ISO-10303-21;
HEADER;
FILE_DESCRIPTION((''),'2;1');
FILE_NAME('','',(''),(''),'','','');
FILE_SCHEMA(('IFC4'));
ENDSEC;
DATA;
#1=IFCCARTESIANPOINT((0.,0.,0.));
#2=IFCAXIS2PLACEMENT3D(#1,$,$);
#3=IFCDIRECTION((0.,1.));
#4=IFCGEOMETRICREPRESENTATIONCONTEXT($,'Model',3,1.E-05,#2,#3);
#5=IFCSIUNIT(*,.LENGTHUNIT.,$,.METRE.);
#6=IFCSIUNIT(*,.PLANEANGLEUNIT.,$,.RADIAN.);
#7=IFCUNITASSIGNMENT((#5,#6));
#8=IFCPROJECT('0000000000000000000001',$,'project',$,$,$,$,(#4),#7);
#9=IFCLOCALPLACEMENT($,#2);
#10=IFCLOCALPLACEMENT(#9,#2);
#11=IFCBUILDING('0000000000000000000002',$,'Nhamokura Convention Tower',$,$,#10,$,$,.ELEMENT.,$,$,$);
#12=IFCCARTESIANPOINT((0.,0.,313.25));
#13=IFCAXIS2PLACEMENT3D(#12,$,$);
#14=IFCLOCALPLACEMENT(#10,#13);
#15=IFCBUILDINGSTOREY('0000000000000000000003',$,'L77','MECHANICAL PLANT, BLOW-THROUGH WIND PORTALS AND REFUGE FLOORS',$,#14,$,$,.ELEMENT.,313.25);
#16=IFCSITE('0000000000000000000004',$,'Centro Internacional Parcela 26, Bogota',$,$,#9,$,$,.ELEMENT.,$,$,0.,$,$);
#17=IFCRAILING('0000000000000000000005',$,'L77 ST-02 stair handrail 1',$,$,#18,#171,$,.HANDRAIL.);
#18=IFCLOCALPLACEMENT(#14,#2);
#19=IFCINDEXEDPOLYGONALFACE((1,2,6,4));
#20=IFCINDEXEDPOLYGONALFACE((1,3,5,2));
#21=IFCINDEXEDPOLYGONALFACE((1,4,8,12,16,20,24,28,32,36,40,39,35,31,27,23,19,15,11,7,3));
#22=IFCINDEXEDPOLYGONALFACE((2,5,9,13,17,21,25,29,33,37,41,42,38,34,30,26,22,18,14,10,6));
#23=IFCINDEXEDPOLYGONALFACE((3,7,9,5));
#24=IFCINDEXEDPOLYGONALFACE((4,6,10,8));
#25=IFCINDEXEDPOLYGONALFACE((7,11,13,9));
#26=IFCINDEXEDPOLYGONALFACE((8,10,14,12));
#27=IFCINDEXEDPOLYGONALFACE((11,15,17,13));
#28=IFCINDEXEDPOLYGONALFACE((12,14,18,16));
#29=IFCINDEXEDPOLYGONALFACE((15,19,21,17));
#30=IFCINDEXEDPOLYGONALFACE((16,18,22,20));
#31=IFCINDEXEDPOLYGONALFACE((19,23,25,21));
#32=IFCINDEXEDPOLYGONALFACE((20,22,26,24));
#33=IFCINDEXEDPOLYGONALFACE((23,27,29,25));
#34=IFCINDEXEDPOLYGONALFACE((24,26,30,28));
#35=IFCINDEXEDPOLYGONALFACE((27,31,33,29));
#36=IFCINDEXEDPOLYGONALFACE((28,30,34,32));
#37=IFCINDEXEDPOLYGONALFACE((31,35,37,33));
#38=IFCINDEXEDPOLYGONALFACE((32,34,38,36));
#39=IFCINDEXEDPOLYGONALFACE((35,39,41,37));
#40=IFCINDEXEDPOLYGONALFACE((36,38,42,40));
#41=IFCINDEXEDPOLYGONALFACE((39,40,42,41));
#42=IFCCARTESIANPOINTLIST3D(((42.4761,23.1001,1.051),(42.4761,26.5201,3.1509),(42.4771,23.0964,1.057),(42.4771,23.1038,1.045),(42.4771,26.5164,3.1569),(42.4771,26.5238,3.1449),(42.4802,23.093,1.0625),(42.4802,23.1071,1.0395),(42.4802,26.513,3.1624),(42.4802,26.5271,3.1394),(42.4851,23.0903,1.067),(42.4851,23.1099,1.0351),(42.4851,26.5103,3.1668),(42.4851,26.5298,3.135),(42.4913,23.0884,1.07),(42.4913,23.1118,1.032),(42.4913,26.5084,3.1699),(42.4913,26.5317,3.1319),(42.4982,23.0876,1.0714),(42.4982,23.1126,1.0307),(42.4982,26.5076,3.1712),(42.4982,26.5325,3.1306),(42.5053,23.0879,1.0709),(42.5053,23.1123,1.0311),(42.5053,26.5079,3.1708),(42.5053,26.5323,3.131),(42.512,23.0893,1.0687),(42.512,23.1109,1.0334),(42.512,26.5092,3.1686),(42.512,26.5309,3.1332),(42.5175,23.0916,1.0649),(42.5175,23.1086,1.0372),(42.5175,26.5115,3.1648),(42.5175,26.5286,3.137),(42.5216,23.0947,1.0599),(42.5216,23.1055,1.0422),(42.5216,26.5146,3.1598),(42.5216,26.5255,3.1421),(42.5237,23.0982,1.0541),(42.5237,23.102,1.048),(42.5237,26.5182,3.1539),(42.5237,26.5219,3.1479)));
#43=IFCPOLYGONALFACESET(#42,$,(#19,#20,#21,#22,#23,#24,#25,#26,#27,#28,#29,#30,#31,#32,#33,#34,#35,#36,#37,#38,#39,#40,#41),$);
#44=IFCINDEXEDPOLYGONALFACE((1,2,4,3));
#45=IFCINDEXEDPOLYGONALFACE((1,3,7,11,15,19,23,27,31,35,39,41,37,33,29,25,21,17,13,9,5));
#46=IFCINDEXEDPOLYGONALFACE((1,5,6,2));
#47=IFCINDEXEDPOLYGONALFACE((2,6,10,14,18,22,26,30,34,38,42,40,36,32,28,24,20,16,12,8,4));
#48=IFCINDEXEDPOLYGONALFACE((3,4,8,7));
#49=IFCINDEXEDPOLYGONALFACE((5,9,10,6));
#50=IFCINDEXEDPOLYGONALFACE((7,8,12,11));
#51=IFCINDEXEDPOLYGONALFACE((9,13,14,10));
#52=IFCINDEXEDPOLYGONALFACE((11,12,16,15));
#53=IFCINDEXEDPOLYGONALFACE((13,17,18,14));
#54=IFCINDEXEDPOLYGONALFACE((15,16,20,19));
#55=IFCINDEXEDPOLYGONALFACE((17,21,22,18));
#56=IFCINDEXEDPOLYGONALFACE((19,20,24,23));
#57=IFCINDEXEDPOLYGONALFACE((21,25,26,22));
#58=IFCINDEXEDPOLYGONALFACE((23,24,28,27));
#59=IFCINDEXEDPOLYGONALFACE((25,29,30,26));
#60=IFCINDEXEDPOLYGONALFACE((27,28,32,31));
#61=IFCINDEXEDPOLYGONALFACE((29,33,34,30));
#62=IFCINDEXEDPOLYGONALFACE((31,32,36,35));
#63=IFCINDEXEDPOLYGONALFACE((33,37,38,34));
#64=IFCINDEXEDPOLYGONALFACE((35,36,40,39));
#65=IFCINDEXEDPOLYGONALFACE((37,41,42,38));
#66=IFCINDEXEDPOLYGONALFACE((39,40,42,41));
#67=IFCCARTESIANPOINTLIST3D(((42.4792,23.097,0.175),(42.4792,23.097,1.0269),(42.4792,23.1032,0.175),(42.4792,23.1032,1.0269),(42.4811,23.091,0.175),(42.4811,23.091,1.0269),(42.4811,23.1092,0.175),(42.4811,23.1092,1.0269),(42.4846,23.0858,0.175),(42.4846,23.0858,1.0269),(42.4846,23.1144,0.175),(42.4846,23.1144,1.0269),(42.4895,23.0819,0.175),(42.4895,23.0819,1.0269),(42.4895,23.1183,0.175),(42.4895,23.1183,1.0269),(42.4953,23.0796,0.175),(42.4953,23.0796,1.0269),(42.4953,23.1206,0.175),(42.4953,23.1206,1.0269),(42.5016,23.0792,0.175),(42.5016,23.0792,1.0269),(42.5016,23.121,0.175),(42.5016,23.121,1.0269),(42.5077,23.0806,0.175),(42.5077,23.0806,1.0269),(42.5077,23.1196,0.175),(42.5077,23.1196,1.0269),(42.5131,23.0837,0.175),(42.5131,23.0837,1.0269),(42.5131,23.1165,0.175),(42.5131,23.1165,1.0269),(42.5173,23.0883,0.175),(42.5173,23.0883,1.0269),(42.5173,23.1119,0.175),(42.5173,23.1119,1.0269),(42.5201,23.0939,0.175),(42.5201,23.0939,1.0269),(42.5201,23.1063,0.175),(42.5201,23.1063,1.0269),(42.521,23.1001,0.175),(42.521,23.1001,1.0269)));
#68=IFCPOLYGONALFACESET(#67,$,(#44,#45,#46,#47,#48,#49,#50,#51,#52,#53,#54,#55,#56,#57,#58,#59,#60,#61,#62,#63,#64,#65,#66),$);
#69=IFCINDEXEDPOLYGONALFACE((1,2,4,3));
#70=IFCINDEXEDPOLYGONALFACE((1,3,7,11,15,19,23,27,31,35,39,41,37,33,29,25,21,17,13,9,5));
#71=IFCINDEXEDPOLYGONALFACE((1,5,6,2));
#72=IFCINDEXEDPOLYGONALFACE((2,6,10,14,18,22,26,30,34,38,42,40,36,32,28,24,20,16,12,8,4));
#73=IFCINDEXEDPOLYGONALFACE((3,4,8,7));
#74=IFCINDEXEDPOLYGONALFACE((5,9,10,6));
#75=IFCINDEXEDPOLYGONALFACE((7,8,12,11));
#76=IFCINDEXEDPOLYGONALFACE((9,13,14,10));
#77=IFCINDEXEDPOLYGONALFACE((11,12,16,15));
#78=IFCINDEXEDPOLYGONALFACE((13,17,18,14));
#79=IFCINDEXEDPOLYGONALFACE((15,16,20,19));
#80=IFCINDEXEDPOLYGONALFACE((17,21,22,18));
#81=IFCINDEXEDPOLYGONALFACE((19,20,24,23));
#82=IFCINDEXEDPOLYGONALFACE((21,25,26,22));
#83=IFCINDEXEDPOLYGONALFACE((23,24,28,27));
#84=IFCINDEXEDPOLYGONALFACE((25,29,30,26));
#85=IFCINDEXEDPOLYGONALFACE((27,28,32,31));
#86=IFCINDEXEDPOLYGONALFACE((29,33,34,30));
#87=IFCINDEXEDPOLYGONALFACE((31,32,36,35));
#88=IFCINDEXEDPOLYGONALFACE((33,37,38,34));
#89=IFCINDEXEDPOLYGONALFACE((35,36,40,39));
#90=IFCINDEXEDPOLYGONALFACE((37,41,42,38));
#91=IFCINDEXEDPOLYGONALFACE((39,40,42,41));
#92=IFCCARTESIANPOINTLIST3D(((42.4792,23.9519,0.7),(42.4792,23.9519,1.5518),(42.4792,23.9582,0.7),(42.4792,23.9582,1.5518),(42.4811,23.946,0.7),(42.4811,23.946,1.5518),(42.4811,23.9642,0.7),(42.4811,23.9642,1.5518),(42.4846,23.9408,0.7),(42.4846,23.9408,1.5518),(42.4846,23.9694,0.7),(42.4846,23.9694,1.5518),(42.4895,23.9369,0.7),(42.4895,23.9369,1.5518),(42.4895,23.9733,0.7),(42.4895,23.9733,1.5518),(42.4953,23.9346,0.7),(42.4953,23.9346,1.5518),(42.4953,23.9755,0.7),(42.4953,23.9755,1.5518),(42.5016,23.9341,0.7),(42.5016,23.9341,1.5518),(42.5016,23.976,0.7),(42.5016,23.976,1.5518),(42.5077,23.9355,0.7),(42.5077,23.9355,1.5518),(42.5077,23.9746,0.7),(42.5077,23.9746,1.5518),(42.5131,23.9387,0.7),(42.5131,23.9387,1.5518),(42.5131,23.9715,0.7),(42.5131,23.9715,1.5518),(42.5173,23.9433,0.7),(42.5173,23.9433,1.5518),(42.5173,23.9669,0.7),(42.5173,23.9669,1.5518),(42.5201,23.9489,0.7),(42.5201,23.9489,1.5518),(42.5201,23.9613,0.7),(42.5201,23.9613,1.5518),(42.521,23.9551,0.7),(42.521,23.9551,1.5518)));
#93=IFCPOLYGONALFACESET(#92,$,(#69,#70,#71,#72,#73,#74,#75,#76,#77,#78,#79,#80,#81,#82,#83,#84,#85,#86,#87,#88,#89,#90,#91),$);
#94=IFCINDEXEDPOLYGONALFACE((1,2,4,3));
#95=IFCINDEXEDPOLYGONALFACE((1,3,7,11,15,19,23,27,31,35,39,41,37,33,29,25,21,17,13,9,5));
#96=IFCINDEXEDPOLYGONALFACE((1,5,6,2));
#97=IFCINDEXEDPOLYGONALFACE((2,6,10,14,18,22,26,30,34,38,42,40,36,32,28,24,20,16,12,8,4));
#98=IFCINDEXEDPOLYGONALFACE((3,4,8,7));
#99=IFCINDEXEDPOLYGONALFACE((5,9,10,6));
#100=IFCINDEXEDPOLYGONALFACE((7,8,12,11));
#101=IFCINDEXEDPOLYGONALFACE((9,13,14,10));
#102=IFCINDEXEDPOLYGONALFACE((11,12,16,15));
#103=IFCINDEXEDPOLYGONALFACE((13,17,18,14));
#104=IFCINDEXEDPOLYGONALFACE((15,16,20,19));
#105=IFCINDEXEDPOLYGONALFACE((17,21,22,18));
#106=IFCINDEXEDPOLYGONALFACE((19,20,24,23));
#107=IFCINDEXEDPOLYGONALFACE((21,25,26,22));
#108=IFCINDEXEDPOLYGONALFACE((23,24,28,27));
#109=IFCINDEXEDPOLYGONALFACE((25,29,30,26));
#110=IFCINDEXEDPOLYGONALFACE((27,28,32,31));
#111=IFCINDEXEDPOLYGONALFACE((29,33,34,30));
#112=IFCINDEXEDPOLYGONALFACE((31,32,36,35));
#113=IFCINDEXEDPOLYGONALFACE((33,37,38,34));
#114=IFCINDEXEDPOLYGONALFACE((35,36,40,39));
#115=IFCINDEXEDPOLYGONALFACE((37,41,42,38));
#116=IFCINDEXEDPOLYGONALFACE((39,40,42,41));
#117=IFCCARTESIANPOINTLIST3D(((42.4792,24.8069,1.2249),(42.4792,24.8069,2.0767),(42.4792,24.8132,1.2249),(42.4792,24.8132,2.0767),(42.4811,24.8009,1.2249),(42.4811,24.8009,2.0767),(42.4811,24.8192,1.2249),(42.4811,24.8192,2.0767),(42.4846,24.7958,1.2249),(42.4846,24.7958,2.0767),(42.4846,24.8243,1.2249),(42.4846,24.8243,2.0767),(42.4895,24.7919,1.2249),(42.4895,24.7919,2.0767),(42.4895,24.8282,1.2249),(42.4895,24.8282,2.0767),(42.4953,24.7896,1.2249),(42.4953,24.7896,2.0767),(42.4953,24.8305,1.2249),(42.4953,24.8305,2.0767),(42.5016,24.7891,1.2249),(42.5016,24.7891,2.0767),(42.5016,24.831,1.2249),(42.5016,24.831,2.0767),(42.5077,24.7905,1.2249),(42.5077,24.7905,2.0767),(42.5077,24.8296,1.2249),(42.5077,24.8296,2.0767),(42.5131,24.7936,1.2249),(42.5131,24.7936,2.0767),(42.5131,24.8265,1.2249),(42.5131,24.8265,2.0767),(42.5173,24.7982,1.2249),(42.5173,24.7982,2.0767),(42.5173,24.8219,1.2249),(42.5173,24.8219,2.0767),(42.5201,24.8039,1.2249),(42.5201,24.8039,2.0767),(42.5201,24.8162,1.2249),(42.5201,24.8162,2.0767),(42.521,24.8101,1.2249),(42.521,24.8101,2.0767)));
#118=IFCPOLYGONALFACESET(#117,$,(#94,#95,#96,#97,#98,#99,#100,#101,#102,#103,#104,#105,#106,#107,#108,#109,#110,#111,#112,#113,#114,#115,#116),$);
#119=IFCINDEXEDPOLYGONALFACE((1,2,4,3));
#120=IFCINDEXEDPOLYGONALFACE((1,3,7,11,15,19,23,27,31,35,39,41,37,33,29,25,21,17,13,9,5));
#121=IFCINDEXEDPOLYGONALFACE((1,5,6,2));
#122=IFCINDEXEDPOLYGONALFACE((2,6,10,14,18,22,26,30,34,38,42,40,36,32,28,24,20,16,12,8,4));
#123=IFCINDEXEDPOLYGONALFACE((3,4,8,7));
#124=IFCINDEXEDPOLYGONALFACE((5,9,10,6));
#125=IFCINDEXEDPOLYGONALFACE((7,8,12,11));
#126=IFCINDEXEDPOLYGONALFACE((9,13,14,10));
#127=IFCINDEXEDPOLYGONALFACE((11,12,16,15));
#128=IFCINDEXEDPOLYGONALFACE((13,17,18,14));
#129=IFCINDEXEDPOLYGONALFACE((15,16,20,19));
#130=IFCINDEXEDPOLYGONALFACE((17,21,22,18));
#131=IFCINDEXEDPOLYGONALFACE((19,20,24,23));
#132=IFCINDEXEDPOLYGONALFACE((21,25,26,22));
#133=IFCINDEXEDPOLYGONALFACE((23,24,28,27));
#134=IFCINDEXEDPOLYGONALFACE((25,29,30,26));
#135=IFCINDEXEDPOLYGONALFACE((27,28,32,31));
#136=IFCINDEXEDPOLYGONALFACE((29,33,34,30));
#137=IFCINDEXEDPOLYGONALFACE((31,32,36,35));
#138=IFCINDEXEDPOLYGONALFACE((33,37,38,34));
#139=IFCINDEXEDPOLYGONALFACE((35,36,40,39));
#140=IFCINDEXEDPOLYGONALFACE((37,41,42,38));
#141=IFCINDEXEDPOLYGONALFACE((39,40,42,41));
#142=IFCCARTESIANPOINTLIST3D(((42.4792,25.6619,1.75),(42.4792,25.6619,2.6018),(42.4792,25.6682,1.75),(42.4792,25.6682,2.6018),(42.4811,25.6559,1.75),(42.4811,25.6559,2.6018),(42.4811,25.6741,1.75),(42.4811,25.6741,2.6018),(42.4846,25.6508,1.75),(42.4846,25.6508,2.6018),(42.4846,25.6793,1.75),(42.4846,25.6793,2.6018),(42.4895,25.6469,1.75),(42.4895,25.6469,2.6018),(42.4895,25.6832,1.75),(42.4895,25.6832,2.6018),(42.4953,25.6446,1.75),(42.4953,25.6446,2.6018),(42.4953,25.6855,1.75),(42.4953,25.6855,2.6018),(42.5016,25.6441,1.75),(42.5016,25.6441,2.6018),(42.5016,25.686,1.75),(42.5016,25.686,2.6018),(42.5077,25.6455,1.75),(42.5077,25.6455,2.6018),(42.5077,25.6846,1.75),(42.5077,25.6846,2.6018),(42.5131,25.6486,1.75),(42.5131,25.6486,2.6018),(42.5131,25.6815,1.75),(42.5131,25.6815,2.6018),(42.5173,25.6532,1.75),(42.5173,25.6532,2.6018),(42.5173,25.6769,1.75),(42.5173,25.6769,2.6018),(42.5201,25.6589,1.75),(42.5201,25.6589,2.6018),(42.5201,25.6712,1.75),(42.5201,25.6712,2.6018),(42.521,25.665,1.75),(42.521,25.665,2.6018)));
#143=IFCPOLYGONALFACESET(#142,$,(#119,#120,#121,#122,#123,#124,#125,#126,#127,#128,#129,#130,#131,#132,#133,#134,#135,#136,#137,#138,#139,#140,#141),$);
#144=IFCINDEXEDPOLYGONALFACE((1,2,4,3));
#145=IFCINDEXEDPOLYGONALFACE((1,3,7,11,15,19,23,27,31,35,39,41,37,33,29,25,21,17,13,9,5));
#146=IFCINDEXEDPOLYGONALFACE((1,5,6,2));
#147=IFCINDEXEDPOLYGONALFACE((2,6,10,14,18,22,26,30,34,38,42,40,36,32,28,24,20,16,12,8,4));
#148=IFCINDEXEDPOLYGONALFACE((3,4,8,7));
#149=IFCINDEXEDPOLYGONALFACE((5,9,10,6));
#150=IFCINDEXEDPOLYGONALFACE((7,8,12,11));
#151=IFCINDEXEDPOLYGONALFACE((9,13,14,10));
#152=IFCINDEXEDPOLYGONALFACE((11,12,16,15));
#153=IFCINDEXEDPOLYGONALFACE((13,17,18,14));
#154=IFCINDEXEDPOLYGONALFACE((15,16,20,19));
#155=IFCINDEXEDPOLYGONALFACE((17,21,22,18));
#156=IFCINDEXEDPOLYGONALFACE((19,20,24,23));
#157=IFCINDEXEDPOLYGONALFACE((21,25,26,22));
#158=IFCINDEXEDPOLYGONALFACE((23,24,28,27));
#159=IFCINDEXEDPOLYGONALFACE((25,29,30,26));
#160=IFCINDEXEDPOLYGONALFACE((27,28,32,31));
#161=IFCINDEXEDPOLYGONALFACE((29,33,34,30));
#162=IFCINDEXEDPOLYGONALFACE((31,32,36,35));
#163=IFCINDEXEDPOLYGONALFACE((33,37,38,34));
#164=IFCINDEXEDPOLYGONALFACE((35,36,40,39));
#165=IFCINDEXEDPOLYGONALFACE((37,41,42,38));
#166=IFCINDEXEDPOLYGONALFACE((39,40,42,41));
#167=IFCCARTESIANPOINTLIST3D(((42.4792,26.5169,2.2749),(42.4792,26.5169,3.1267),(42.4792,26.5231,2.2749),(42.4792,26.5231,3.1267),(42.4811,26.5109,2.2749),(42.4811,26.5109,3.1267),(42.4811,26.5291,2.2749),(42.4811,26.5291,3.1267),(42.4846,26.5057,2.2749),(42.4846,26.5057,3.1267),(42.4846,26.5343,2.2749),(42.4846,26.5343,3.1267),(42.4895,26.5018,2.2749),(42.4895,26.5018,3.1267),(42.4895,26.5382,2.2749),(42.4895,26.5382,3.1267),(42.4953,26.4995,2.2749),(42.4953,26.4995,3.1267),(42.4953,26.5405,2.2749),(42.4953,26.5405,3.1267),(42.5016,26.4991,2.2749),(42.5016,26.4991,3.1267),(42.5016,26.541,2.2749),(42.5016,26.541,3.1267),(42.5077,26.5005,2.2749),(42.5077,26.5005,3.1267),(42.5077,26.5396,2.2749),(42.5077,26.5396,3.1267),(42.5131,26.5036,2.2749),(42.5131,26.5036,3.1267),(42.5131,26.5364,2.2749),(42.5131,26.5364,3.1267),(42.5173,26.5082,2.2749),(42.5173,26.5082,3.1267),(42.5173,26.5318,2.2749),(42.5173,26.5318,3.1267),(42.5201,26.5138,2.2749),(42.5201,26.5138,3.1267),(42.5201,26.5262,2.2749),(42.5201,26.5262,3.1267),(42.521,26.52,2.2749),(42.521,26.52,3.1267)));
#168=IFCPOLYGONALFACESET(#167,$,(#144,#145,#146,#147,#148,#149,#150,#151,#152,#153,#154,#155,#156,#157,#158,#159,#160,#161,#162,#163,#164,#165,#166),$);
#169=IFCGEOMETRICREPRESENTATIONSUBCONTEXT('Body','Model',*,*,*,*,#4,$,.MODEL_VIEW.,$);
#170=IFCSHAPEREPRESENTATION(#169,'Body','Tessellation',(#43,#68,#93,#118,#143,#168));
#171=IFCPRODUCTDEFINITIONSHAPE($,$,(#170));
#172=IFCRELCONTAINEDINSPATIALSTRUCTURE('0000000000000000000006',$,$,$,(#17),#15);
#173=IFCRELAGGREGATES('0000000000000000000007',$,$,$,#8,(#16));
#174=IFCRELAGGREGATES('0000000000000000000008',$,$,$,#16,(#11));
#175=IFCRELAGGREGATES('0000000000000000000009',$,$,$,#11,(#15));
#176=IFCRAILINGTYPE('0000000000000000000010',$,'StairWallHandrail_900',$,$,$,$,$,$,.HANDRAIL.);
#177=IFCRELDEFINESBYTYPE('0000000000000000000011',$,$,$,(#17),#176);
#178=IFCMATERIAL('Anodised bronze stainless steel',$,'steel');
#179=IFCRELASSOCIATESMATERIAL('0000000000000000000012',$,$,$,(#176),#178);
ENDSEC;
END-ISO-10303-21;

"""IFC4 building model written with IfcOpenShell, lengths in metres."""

from ifc_helpers import new_model, si_unit, direction, frame, origin, origin_2d, place, context, subcontext, project, spatial, circle, extrude, material, type_object, element, save


model = new_model("IFC4")

# Units and contexts
model_context = context("Model", 3, precision=1e-05, world=origin(), true_north=direction((0.0, 1.0)))
body_context = subcontext(model_context, "Body", "Model", "MODEL_VIEW")
ifc_project = project(units=[si_unit("LENGTHUNIT", "METRE"), si_unit("PLANEANGLEUNIT", "RADIAN")], contexts=[model_context])

# Site, building, storey
site_placement = place(None, origin())
site = spatial("IfcSite", under=ifc_project, at=site_placement, Name="Centro Internacional Parcela 26, Bogota", CompositionType="ELEMENT", RefElevation=0.0)
building_placement = place(site_placement, origin())
building = spatial("IfcBuilding", under=site, at=building_placement, Name="Nhamokura Convention Tower", CompositionType="ELEMENT")
storey_placement = place(building_placement, frame((0.0, 0.0, 313.25)))
storey = spatial("IfcBuildingStorey", under=building, at=storey_placement, Name="L77", Description="MECHANICAL PLANT, BLOW-THROUGH WIND PORTALS AND REFUGE FLOORS", CompositionType="ELEMENT", Elevation=313.25)

# Railing
ifc_material_1 = material(Name="Anodised bronze stainless steel", Category="steel")
railing_type_1 = type_object("IfcRailingType", Name="StairWallHandrail_900", PredefinedType="HANDRAIL", material=ifc_material_1)
railing_1_placement = place(storey_placement, frame((42.5, 23.1001, 0.175)))
element("IfcRailing", 1, at=railing_1_placement, inside=storey, type_object=railing_type_1, Name="L77 ST-02 stair handrail 1", PredefinedType="HANDRAIL", context=body_context, shape_type="SweptSolid", body=[
    extrude(circle(Radius=0.0239, at=origin_2d()), frame((0.0, 0.0, 0.876), z_axis=(0.0, 0.852182, 0.523245), x_axis=(-1.0, 0.0, 0.0)), (0.0, 0.0, 1.0), 4.0132),
    extrude(circle(Radius=0.021, at=origin_2d()), origin(), (0.0, 0.0, 1.0), 0.8518),
    extrude(circle(Radius=0.021, at=origin_2d()), frame((0.0, 0.855, 0.5249)), (0.0, 0.0, 1.0), 0.8518),
    extrude(circle(Radius=0.021, at=origin_2d()), frame((0.0, 1.71, 1.0498)), (0.0, 0.0, 1.0), 0.8518),
    extrude(circle(Radius=0.021, at=origin_2d()), frame((0.0, 2.5649, 1.575)), (0.0, 0.0, 1.0), 0.8518),
    extrude(circle(Radius=0.021, at=origin_2d()), frame((0.0, 3.4199, 2.0999)), (0.0, 0.0, 1.0), 0.8518),
])

save(model, "model.ifc")
